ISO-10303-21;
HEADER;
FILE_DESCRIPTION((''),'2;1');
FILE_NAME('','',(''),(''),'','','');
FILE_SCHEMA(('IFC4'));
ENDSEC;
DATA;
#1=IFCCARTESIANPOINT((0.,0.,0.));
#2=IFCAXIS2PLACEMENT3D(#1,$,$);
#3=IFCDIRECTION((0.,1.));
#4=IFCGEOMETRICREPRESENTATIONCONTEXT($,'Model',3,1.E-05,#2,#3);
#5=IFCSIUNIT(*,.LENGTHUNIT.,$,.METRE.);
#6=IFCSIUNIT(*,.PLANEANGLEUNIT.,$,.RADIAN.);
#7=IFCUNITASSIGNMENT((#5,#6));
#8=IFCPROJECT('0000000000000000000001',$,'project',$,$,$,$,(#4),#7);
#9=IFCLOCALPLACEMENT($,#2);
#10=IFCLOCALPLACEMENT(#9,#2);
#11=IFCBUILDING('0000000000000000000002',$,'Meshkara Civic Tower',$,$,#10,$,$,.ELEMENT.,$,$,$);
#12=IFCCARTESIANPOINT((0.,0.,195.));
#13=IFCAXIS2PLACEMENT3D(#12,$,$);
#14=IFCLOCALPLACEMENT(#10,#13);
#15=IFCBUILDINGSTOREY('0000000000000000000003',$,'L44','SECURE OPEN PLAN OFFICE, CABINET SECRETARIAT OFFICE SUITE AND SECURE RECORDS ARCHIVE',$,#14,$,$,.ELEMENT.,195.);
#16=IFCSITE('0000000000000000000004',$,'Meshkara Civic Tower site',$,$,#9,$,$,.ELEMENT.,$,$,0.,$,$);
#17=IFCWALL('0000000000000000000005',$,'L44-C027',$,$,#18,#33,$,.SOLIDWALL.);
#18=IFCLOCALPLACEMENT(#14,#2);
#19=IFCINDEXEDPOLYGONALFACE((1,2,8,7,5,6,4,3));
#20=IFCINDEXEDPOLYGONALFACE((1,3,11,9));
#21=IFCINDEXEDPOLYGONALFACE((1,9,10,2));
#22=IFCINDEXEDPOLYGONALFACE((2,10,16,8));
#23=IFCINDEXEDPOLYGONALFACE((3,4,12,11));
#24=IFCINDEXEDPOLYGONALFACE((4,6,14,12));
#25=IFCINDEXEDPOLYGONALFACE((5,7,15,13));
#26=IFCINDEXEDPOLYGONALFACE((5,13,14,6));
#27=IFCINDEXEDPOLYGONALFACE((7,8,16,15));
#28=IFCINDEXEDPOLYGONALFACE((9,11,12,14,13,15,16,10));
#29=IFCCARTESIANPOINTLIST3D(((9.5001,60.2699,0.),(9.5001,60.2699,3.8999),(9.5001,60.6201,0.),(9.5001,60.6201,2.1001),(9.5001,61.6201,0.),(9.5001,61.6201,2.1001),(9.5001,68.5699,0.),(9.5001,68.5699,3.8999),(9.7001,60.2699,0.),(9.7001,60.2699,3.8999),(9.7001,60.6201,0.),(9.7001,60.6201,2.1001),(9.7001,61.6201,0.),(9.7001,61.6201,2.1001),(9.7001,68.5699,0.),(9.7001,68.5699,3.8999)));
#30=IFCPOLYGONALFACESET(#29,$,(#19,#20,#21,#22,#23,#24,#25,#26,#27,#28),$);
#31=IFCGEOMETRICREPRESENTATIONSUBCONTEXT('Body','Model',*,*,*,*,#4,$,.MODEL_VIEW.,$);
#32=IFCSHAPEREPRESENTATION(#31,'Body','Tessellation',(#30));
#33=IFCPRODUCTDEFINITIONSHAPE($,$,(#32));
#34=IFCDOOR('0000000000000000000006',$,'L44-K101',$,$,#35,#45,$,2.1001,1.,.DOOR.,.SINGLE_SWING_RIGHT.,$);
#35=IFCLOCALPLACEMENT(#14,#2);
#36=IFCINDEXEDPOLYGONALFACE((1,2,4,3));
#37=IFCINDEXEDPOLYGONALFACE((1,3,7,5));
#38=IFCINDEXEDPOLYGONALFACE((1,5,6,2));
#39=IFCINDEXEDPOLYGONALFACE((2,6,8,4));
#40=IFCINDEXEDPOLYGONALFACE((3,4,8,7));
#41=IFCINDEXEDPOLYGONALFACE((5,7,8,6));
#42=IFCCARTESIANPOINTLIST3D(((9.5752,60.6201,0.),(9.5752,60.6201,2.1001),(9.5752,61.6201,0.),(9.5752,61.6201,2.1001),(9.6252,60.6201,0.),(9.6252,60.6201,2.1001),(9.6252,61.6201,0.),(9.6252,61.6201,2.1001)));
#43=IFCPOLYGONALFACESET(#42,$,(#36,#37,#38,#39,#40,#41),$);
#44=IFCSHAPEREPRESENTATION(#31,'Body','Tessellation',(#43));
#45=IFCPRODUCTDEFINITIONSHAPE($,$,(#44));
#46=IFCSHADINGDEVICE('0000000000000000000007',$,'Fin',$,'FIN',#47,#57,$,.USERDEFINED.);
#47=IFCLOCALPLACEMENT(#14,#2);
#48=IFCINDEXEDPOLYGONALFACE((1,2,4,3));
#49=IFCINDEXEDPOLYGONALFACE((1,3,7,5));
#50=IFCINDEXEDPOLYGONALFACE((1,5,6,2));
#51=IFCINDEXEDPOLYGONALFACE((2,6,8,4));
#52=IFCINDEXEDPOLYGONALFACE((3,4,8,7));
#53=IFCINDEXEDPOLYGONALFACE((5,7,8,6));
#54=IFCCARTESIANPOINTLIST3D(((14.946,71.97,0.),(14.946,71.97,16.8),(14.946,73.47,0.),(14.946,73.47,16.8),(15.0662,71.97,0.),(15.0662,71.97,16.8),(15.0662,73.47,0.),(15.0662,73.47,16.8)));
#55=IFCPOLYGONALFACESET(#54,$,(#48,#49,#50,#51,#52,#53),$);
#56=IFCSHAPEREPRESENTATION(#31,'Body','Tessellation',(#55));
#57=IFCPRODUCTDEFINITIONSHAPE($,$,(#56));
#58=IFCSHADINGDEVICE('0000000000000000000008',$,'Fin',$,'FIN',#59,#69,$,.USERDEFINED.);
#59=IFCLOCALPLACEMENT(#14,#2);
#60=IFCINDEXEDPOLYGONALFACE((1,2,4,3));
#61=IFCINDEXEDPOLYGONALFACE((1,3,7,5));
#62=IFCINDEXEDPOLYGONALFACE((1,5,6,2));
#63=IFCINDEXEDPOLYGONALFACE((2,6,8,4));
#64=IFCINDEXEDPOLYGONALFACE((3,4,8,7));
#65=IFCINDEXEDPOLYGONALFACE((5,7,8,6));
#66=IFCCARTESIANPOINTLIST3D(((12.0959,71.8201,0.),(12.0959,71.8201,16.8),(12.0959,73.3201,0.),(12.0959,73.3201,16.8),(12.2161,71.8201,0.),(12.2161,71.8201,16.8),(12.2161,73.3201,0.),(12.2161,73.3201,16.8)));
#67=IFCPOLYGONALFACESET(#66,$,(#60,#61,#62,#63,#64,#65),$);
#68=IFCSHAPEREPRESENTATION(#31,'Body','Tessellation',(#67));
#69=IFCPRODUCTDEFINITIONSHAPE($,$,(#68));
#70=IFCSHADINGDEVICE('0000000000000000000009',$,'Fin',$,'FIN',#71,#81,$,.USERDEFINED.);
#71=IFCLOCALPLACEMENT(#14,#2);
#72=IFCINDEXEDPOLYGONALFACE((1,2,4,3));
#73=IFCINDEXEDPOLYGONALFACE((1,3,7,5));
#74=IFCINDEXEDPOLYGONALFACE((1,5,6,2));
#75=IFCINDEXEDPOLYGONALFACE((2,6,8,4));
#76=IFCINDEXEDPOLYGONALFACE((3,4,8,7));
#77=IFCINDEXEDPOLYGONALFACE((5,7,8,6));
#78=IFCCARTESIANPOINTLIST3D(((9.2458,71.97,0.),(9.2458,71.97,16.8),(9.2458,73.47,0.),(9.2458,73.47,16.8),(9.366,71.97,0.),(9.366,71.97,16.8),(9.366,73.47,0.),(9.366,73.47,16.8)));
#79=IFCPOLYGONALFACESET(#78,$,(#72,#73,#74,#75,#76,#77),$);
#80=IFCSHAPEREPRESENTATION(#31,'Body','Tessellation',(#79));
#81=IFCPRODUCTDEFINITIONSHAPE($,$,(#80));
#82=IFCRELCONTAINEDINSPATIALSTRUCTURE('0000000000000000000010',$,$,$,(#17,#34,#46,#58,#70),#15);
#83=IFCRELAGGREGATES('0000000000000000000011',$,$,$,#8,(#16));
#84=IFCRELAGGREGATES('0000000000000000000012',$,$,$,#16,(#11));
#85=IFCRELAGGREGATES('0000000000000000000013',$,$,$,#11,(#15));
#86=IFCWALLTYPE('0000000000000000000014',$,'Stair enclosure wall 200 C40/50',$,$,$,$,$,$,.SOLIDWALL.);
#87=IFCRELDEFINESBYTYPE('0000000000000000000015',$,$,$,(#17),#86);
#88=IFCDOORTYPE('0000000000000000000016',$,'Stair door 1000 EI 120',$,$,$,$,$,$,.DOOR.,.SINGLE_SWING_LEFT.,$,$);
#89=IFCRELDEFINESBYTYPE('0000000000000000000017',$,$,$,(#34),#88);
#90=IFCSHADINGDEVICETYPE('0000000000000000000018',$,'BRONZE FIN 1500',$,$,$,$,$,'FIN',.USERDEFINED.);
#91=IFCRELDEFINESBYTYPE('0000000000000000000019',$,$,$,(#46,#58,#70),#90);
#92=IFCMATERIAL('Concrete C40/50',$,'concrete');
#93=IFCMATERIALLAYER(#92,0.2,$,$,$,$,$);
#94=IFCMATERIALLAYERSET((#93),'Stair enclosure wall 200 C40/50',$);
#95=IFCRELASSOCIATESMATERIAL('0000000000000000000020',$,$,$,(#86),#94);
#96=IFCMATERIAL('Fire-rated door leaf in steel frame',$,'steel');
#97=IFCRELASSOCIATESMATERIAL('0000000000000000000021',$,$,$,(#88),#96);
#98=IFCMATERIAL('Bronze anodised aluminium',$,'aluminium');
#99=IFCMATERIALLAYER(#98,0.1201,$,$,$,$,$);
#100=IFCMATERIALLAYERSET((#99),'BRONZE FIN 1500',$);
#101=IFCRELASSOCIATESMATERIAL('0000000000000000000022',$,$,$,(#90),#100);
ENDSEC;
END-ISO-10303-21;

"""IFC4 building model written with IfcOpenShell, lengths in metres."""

from ifc_helpers import new_model, si_unit, direction, frame, frame_2d, origin, origin_2d, place, context, subcontext, project, spatial, rectangle, extrude, material, layer, layer_set, type_object, element, fill, save


model = new_model("IFC4")

# Units and contexts
model_context = context("Model", 3, precision=1e-05, world=origin(), true_north=direction((0.0, 1.0)))
body_context = subcontext(model_context, "Body", "Model", "MODEL_VIEW")
ifc_project = project(units=[si_unit("LENGTHUNIT", "METRE"), si_unit("PLANEANGLEUNIT", "RADIAN")], contexts=[model_context])

# Site, building, storey
site_placement = place(None, origin())
site = spatial("IfcSite", under=ifc_project, at=site_placement, Name="Meshkara Civic Tower site", CompositionType="ELEMENT", RefElevation=0.0)
building_placement = place(site_placement, origin())
building = spatial("IfcBuilding", under=site, at=building_placement, Name="Meshkara Civic Tower", CompositionType="ELEMENT")
storey_placement = place(building_placement, frame((0.0, 0.0, 195.0)))
storey = spatial("IfcBuildingStorey", under=building, at=storey_placement, Name="L44", Description="SECURE OPEN PLAN OFFICE, CABINET SECRETARIAT OFFICE SUITE AND SECURE RECORDS ARCHIVE", CompositionType="ELEMENT", Elevation=195.0)

# Wall, opening, door
ifc_material_1 = material(Name="Concrete C40/50", Category="concrete")
ifc_layer_1 = layer(ifc_material_1, 0.2)
ifc_layer_set_1 = layer_set([ifc_layer_1], Name="Stair enclosure wall 200 C40/50")
wall_type_1 = type_object("IfcWallType", Name="Stair enclosure wall 200 C40/50", PredefinedType="SOLIDWALL", material=ifc_layer_set_1)
wall_1_placement = place(storey_placement, frame((9.6001, 60.27, 0.0), z_axis=(0.0, 0.0, 1.0), x_axis=(0.0, 1.0, 0.0)))
wall_1 = element("IfcWall", 1, at=wall_1_placement, inside=storey, type_object=wall_type_1, Name="L44-C027", PredefinedType="SOLIDWALL", context=body_context, shape_type="SweptSolid", body=[
    extrude(rectangle(XDim=8.3, YDim=0.2, at=frame_2d((4.1499, 0.0))), origin(), (0.0, 0.0, 1.0), 3.8999),
])
opening_1_placement = place(wall_1_placement, frame((0.3501, 0.0, 0.0)))
opening_1 = element("IfcOpeningElement", 2, at=opening_1_placement, cuts=wall_1, PredefinedType="OPENING", context=body_context, shape_type="SweptSolid", body=[
    extrude(rectangle(XDim=1.0, YDim=2.1001, at=frame_2d((0.5, 1.05))), frame((0.0, 0.1099, 0.0), z_axis=(0.0, -1.0, 0.0), x_axis=(1.0, 0.0, 0.0)), (0.0, 0.0, 1.0), 0.22),
])
ifc_material_2 = material(Name="Fire-rated door leaf in steel frame", Category="steel")
door_type = type_object("IfcDoorType", Name="Stair door 1000 EI 120", OperationType="SINGLE_SWING_LEFT", PredefinedType="DOOR", material=ifc_material_2)
door_placement = place(opening_1_placement, origin())
door = element("IfcDoor", 3, at=door_placement, inside=storey, type_object=door_type, Name="L44-K101", OperationType="SINGLE_SWING_RIGHT", OverallHeight=2.1001, OverallWidth=1.0, PredefinedType="DOOR", context=body_context, shape_type="SweptSolid", body=[
    extrude(rectangle(XDim=1.0, YDim=2.1001, at=frame_2d((0.5, 1.05))), frame((0.0, 0.0249, 0.0), z_axis=(0.0, -1.0, 0.0), x_axis=(1.0, 0.0, 0.0)), (0.0, 0.0, 1.0), 0.05),
])
fill(opening_1, door)

# Shading devices
ifc_material_3 = material(Name="Bronze anodised aluminium", Category="aluminium")
ifc_layer_2 = layer(ifc_material_3, 0.1201)
ifc_layer_set_2 = layer_set([ifc_layer_2], Name="BRONZE FIN 1500")
shading_device_type = type_object("IfcShadingDeviceType", Name="BRONZE FIN 1500", ElementType="FIN", PredefinedType="USERDEFINED", material=ifc_layer_set_2)
for number, where, z_axis, x_axis, name in (
    (4, (15.0061, 72.72, 0.0), (0.0, 0.0, 1.0), (-1.0, 0.0, 0.0), "Fin"),
    (5, (12.156, 72.5701, 0.0), (0.0, 0.0, 1.0), (-1.0, 0.0, 0.0), "Fin"),
    (6, (9.3059, 72.72, 0.0), (0.0, 0.0, 1.0), (-1.0, 0.0, 0.0), "Fin"),
):
    element("IfcShadingDevice", number, at=place(storey_placement, frame(where, z_axis=z_axis, x_axis=x_axis)), inside=storey, type_object=shading_device_type, Name=name, ObjectType="FIN", PredefinedType="USERDEFINED", context=body_context, shape_type="SweptSolid", body=[
        extrude(rectangle(XDim=0.1201, YDim=1.5, at=origin_2d()), origin(), (0.0, 0.0, 1.0), 16.8),
    ])

save(model, "model.ifc")
